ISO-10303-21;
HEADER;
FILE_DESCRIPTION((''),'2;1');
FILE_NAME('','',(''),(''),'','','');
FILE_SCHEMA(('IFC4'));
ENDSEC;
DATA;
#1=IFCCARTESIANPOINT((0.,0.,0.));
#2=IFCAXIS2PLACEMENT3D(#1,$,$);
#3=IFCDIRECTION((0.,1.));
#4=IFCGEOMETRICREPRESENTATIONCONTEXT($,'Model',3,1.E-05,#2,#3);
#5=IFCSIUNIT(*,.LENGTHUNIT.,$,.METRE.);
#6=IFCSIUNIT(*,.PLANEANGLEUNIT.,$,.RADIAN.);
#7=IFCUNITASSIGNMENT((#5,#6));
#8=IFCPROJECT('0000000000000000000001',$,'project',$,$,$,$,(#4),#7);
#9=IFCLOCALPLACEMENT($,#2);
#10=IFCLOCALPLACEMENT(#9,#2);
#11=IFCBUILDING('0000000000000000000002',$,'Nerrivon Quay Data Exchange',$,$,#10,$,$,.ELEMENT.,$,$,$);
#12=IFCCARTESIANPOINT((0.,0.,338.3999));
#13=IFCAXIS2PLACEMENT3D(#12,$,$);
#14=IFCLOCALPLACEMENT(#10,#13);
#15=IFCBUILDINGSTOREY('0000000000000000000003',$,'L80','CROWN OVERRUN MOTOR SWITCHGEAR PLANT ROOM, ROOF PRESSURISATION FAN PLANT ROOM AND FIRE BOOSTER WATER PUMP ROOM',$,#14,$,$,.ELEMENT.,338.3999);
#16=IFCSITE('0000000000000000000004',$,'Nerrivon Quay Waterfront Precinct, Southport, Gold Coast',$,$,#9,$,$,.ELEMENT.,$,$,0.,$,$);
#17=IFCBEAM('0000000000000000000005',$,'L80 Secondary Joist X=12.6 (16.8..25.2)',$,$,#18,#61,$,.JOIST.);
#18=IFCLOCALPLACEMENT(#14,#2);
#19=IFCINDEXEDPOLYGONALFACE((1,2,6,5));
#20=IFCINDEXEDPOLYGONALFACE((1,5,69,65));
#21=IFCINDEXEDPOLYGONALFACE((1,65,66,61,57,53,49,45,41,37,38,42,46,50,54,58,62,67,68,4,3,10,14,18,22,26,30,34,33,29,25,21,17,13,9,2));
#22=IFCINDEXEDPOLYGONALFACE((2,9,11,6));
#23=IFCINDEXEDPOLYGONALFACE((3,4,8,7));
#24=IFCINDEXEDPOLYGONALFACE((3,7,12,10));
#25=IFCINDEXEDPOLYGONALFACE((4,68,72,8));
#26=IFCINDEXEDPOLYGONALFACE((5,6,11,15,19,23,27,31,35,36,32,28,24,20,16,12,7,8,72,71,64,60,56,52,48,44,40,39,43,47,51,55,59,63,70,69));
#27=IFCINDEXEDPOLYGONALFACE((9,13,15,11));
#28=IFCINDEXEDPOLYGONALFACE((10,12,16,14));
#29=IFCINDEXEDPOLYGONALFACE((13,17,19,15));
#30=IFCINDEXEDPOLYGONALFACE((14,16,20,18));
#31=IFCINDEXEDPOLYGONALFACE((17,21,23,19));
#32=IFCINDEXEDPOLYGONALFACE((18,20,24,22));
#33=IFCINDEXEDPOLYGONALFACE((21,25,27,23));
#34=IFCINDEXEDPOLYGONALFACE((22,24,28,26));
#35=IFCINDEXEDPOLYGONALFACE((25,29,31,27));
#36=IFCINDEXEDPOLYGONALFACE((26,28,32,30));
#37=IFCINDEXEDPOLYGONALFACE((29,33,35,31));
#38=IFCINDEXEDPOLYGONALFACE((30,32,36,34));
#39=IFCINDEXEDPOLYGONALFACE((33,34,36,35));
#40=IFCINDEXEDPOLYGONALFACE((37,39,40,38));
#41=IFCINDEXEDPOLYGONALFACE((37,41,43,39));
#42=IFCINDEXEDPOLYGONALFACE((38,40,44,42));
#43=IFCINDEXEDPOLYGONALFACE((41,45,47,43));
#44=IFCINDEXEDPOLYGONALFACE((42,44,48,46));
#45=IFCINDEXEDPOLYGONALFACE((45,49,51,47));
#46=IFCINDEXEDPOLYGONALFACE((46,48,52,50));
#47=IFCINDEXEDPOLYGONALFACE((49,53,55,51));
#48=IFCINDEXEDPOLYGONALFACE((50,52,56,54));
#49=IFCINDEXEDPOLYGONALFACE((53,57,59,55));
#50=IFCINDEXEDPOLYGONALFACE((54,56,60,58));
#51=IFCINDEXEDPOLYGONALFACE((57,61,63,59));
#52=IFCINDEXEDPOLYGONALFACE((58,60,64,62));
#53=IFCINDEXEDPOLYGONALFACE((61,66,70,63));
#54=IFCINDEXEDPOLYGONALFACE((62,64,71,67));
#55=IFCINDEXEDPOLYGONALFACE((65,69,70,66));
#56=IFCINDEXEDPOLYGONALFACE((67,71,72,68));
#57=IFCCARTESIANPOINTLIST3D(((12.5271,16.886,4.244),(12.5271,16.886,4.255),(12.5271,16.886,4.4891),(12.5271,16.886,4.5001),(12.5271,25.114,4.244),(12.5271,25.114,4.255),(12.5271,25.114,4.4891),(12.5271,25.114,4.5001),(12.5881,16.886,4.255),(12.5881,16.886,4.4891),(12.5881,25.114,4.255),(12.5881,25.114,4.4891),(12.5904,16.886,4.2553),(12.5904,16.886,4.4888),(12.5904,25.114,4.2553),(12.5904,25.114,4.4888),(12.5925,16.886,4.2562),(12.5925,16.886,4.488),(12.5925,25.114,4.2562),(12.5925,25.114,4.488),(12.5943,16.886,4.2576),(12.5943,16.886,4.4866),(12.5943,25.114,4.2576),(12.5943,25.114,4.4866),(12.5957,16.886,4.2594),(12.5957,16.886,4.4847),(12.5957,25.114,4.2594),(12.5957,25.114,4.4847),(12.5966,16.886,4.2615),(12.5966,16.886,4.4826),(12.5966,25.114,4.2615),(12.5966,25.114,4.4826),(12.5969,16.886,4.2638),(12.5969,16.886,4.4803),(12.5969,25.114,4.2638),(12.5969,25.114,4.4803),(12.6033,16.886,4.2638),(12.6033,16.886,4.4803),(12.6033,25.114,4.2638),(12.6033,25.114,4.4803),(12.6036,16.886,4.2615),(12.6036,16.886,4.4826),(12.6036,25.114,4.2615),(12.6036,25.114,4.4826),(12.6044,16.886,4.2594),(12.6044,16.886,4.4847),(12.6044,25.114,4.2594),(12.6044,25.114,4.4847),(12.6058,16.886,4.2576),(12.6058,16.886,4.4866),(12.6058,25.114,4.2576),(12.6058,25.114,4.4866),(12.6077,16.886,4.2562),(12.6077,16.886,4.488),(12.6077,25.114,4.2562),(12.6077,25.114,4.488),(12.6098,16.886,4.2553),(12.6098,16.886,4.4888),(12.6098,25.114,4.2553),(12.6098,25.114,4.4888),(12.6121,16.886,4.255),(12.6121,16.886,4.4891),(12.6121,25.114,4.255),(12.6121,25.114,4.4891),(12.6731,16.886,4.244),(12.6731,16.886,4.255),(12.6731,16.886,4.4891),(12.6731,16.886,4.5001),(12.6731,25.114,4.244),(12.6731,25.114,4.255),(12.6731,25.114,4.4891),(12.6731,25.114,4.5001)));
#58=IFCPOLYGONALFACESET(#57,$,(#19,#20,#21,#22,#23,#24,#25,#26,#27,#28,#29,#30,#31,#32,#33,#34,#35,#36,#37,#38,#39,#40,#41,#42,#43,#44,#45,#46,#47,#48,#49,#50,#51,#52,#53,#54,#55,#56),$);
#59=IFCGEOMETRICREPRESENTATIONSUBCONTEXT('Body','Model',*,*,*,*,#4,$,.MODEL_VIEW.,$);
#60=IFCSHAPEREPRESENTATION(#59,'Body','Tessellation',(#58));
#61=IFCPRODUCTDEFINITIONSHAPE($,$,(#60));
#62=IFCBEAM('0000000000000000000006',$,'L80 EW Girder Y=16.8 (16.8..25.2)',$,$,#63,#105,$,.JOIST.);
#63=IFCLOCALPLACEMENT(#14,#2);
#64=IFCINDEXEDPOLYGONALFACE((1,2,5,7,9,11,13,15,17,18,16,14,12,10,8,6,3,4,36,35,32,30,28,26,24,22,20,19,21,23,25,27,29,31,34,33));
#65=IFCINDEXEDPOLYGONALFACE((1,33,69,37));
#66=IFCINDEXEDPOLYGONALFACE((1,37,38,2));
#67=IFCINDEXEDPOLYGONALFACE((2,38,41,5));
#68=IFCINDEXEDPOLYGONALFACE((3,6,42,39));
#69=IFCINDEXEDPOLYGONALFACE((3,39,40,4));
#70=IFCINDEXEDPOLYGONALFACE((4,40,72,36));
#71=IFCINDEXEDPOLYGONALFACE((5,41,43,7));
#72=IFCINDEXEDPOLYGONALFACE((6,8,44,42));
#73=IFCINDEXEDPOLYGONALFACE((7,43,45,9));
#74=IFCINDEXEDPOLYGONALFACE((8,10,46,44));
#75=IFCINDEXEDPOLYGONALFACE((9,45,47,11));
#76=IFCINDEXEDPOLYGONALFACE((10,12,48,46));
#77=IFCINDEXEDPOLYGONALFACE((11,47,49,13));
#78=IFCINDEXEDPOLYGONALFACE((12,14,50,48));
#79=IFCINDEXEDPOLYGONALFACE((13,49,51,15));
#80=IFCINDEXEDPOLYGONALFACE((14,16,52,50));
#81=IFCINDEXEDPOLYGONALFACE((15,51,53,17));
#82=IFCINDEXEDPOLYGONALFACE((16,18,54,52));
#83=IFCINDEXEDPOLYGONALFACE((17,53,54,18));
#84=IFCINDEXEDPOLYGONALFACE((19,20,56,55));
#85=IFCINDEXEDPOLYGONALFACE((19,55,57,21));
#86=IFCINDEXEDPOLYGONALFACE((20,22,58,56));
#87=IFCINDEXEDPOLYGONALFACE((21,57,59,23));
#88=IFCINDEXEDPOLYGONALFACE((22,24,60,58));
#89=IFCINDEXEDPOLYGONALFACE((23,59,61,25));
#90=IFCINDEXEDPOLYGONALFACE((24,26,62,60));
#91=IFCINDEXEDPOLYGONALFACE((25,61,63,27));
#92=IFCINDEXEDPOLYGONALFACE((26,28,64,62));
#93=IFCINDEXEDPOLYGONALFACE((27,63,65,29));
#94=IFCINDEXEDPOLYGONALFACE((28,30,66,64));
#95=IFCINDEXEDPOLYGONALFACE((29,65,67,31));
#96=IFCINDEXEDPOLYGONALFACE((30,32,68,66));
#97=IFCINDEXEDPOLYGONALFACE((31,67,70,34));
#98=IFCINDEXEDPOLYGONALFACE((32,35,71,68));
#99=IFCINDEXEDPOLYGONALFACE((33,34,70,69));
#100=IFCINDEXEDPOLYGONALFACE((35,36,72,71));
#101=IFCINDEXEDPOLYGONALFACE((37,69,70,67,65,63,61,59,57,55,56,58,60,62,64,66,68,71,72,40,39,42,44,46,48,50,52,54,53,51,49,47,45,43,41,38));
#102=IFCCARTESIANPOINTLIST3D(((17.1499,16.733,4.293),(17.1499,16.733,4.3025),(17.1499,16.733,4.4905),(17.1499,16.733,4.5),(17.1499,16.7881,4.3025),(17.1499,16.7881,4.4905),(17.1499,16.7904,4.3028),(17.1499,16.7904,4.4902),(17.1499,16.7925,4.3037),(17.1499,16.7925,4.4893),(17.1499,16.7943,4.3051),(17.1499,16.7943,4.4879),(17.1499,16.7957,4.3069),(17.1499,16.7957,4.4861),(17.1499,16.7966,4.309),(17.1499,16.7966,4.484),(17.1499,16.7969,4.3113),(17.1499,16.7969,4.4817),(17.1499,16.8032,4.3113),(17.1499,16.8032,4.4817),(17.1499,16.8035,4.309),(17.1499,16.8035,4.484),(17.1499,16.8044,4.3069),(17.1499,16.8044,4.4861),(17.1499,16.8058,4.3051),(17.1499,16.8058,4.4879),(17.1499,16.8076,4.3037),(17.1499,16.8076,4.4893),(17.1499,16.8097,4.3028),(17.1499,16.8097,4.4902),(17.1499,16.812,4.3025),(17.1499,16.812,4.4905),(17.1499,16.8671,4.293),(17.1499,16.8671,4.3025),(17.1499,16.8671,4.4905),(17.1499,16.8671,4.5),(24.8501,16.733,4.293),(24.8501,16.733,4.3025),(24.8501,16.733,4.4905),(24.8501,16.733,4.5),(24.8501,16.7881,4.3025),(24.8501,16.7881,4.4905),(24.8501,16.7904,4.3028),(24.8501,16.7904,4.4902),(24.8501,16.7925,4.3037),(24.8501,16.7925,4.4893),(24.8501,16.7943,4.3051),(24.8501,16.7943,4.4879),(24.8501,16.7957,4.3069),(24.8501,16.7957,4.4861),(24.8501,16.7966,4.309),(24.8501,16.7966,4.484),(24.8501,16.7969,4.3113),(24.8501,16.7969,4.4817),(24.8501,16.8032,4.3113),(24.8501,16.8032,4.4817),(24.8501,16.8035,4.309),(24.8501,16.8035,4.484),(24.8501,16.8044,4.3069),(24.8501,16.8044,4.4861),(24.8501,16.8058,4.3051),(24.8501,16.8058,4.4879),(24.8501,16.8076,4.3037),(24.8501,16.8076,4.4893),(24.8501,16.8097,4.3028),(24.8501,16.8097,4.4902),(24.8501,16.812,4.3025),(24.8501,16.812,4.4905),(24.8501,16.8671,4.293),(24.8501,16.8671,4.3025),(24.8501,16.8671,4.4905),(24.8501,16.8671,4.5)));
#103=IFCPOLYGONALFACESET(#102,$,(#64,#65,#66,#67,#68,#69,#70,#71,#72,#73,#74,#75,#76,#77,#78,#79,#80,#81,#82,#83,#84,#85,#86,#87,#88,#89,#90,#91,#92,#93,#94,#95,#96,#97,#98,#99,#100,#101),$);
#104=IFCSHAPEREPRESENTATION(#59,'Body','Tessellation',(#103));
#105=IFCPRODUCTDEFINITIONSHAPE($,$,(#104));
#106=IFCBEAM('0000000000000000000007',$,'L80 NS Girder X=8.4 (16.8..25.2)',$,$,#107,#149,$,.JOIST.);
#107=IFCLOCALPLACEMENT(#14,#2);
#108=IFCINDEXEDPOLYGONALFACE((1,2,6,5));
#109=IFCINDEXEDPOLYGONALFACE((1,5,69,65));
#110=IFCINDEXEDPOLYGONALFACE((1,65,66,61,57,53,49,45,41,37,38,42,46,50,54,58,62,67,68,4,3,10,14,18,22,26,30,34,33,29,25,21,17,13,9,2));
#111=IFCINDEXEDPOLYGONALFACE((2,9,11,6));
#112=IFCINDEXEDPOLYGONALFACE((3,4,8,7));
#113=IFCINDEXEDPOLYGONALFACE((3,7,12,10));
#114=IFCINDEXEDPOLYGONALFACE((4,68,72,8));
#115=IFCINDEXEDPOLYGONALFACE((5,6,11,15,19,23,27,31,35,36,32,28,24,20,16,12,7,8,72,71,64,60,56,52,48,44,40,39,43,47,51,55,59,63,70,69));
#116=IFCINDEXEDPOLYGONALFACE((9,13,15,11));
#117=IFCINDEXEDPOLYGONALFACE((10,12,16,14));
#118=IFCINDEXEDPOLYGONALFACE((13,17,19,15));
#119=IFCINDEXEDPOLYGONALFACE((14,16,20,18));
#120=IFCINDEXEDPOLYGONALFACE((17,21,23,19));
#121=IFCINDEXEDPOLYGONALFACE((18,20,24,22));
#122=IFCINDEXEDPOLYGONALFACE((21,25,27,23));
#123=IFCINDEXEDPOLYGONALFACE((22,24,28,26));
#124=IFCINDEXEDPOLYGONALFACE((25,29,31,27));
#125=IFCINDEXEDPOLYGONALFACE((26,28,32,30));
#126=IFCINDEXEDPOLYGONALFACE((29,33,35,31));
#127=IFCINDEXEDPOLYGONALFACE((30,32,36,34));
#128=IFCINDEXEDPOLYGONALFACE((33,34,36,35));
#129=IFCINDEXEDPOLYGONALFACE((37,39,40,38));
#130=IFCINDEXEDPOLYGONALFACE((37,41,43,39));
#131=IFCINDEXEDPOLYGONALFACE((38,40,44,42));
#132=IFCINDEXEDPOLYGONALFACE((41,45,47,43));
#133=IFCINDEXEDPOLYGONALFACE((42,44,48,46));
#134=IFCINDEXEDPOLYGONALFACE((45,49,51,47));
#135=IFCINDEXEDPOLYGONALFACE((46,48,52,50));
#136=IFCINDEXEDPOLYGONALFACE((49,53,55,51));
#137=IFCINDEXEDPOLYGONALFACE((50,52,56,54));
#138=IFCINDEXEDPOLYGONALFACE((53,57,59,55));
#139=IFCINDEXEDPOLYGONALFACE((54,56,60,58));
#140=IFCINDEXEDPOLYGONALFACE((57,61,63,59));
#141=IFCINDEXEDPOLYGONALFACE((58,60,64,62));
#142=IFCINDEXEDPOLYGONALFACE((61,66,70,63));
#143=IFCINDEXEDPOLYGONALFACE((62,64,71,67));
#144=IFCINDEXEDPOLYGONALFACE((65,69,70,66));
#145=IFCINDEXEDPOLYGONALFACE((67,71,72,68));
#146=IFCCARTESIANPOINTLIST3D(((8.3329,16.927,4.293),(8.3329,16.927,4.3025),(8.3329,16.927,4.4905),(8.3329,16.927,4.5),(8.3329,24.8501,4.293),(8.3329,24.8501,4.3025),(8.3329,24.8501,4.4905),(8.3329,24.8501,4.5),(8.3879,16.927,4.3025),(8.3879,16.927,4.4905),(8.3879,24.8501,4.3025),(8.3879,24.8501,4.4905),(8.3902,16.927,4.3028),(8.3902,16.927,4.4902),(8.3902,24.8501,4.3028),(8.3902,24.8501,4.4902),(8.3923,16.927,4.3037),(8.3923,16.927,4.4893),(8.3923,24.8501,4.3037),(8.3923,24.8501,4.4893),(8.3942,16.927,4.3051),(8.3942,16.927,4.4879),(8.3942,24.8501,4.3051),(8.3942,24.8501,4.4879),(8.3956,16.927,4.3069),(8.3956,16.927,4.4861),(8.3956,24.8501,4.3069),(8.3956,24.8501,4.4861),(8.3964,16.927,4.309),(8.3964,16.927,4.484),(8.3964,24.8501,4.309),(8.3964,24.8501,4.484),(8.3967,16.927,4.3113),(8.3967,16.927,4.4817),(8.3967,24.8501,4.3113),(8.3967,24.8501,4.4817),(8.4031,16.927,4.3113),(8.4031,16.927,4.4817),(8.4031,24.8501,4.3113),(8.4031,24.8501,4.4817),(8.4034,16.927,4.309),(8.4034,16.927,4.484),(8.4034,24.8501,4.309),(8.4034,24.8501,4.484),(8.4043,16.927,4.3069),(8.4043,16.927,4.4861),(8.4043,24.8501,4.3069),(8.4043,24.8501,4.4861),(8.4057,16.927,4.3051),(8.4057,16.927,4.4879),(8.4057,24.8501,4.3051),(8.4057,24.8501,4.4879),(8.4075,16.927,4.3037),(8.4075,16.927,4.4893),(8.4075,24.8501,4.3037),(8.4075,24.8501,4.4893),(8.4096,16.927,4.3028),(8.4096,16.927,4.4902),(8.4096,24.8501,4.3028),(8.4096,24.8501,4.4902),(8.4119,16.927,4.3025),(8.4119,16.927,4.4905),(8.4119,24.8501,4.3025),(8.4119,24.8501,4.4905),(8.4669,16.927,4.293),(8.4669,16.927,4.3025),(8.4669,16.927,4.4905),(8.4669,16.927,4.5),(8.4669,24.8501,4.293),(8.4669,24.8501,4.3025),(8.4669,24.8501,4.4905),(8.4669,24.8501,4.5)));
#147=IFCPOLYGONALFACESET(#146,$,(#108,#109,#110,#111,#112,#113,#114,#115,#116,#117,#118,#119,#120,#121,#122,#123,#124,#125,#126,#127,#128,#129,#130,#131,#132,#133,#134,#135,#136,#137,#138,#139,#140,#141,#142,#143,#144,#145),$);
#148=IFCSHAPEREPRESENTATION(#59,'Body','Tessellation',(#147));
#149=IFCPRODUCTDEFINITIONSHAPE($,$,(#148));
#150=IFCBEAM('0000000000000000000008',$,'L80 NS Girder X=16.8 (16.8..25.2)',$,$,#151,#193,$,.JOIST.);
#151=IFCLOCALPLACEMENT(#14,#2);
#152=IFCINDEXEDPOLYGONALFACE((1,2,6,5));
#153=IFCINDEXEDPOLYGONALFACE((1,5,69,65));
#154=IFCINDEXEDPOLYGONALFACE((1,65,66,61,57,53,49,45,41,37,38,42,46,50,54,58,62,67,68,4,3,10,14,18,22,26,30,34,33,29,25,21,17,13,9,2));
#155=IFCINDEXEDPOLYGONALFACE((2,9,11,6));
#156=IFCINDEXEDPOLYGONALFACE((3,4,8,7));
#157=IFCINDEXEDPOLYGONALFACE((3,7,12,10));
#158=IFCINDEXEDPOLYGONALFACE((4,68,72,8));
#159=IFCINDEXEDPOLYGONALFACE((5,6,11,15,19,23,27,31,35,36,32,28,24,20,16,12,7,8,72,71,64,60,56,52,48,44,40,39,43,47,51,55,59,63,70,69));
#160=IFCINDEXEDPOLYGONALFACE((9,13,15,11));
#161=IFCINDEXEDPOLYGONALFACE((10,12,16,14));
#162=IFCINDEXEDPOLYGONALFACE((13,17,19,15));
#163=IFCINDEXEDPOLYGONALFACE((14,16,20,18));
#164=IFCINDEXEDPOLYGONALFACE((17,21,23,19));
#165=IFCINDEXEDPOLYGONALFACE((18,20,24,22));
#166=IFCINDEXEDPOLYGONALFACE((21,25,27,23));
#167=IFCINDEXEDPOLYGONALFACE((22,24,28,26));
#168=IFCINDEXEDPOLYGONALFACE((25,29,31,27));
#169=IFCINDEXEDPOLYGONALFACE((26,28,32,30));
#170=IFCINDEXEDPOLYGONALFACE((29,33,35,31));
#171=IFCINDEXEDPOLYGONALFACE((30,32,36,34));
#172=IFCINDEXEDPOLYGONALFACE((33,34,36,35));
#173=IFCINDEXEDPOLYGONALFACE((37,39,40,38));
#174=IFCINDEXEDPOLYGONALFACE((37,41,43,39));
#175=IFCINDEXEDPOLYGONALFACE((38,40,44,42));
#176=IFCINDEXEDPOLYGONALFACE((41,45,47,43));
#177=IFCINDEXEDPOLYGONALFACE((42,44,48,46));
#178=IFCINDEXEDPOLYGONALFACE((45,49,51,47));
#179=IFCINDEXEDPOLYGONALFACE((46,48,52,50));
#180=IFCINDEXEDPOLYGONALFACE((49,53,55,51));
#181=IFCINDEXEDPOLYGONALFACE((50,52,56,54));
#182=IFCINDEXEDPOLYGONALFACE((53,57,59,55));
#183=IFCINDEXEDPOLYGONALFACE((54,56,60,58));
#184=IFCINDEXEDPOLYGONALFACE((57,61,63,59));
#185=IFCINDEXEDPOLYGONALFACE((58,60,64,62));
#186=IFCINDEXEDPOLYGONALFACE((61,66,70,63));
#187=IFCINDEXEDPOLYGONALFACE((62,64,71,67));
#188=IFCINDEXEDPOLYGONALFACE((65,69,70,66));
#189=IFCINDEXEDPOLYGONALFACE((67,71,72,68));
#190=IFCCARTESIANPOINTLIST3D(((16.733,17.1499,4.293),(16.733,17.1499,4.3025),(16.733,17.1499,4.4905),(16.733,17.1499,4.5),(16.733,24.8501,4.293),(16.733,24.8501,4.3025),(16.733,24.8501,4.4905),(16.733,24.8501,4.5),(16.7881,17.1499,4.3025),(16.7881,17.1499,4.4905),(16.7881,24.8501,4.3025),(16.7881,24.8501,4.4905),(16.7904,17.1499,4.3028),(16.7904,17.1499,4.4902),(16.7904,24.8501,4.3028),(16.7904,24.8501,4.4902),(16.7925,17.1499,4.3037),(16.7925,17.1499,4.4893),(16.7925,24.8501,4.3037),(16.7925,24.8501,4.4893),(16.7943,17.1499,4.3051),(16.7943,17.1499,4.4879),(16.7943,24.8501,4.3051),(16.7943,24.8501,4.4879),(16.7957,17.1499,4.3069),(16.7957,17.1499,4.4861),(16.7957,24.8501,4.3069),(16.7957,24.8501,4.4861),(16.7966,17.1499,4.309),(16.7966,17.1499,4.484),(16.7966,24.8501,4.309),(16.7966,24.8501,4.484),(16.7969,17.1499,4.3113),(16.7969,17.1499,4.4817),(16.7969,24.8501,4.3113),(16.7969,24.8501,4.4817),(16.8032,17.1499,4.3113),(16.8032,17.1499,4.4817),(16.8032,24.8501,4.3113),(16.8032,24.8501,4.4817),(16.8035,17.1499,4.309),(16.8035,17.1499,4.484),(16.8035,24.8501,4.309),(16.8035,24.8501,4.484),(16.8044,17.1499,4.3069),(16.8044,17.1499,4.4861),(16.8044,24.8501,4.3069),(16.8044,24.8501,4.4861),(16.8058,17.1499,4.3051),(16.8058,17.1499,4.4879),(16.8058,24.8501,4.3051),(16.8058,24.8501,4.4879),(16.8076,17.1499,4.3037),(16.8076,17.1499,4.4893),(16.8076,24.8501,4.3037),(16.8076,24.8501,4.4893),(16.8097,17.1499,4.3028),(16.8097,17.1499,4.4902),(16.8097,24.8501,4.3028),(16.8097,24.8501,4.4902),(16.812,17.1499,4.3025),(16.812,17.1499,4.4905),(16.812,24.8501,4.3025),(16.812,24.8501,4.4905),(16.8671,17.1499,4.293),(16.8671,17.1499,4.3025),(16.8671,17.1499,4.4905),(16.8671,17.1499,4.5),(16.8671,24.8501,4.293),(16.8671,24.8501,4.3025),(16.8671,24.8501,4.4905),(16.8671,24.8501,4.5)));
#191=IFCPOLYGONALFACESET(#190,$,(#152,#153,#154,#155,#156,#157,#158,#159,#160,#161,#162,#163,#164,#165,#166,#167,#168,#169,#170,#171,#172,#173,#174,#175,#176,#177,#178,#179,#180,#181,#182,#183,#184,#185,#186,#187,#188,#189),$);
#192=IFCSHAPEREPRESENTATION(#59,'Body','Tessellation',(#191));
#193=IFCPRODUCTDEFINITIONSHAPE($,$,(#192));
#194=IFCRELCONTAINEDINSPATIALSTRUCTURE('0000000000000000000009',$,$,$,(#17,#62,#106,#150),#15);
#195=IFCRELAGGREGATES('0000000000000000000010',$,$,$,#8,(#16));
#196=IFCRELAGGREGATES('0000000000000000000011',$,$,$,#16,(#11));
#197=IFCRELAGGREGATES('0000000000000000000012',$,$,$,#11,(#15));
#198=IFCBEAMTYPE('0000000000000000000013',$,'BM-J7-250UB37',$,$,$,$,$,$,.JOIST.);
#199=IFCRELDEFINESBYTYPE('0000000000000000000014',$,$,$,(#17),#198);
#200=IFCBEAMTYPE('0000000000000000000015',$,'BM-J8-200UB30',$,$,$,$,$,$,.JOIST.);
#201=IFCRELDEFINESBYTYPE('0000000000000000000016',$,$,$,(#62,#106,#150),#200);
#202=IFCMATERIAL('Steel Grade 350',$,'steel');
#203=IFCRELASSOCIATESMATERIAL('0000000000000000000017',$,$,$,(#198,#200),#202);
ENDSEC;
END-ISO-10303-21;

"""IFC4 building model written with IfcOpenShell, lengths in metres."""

from ifc_helpers import new_model, si_unit, direction, frame, origin, origin_2d, place, context, subcontext, project, spatial, i_section, extrude, material, material_profile, profile_set, type_object, element, save


model = new_model("IFC4")

# Units and contexts
model_context = context("Model", 3, precision=1e-05, world=origin(), true_north=direction((0.0, 1.0)))
body_context = subcontext(model_context, "Body", "Model", "MODEL_VIEW")
ifc_project = project(units=[si_unit("LENGTHUNIT", "METRE"), si_unit("PLANEANGLEUNIT", "RADIAN")], contexts=[model_context])

# Site, building, storey
site_placement = place(None, origin())
site = spatial("IfcSite", under=ifc_project, at=site_placement, Name="Nerrivon Quay Waterfront Precinct, Southport, Gold Coast", CompositionType="ELEMENT", RefElevation=0.0)
building_placement = place(site_placement, origin())
building = spatial("IfcBuilding", under=site, at=building_placement, Name="Nerrivon Quay Data Exchange", CompositionType="ELEMENT")
storey_placement = place(building_placement, frame((0.0, 0.0, 338.3999)))
storey = spatial("IfcBuildingStorey", under=building, at=storey_placement, Name="L80", Description="CROWN OVERRUN MOTOR SWITCHGEAR PLANT ROOM, ROOF PRESSURISATION FAN PLANT ROOM AND FIRE BOOSTER WATER PUMP ROOM", CompositionType="ELEMENT", Elevation=338.3999)

# Shared definitions
ifc_material_1 = material(Name="Steel Grade 350", Category="steel")

# Beams
ifc_material_profile_1 = material_profile(ifc_material_1, i_section(OverallWidth=0.146, OverallDepth=0.2561, WebThickness=0.0063, FlangeThickness=0.011, FilletRadius=0.0088, at=origin_2d()), Name="250UB37.3")
ifc_profile_set_1 = profile_set([ifc_material_profile_1], Name="Steel Grade 350")
beam_type_1 = type_object("IfcBeamType", Name="BM-J7-250UB37", PredefinedType="JOIST", material=ifc_profile_set_1)
beam_1_placement = place(storey_placement, frame((12.6001, 16.886, 4.3721), z_axis=(0.0, 1.0, 0.0), x_axis=(-1.0, 0.0, 0.0)))
element("IfcBeam", 1, at=beam_1_placement, inside=storey, type_object=beam_type_1, Name="L80 Secondary Joist X=12.6 (16.8..25.2)", PredefinedType="JOIST", context=body_context, shape_type="SweptSolid", body=[
    extrude(i_section(OverallWidth=0.146, OverallDepth=0.2561, WebThickness=0.0063, FlangeThickness=0.011, FilletRadius=0.0088, at=origin_2d()), origin(), (0.0, 0.0, 1.0), 8.228),
])
ifc_material_profile_2 = material_profile(ifc_material_1, i_section(OverallWidth=0.134, OverallDepth=0.207, WebThickness=0.0063, FlangeThickness=0.0095, FilletRadius=0.0088, at=origin_2d()), Name="200UB29.8")
ifc_profile_set_2 = profile_set([ifc_material_profile_2], Name="Steel Grade 350")
beam_type_2 = type_object("IfcBeamType", Name="BM-J8-200UB30", PredefinedType="JOIST", material=ifc_profile_set_2)
beam_2_placement = place(storey_placement, frame((17.1499, 16.8, 4.3965), z_axis=(1.0, 0.0, 0.0), x_axis=(0.0, 1.0, 0.0)))
element("IfcBeam", 2, at=beam_2_placement, inside=storey, type_object=beam_type_2, Name="L80 EW Girder Y=16.8 (16.8..25.2)", PredefinedType="JOIST", context=body_context, shape_type="SweptSolid", body=[
    extrude(i_section(OverallWidth=0.134, OverallDepth=0.207, WebThickness=0.0063, FlangeThickness=0.0095, FilletRadius=0.0088, at=origin_2d()), origin(), (0.0, 0.0, 1.0), 7.7002),
])
beam_3_placement = place(storey_placement, frame((8.3999, 16.927, 4.3965), z_axis=(0.0, 1.0, 0.0), x_axis=(-1.0, 0.0, 0.0)))
element("IfcBeam", 3, at=beam_3_placement, inside=storey, type_object=beam_type_2, Name="L80 NS Girder X=8.4 (16.8..25.2)", PredefinedType="JOIST", context=body_context, shape_type="SweptSolid", body=[
    extrude(i_section(OverallWidth=0.134, OverallDepth=0.207, WebThickness=0.0063, FlangeThickness=0.0095, FilletRadius=0.0088, at=origin_2d()), origin(), (0.0, 0.0, 1.0), 7.9231),
])
beam_4_placement = place(storey_placement, frame((16.8, 17.1499, 4.3965), z_axis=(0.0, 1.0, 0.0), x_axis=(-1.0, 0.0, 0.0)))
element("IfcBeam", 4, at=beam_4_placement, inside=storey, type_object=beam_type_2, Name="L80 NS Girder X=16.8 (16.8..25.2)", PredefinedType="JOIST", context=body_context, shape_type="SweptSolid", body=[
    extrude(i_section(OverallWidth=0.134, OverallDepth=0.207, WebThickness=0.0063, FlangeThickness=0.0095, FilletRadius=0.0088, at=origin_2d()), origin(), (0.0, 0.0, 1.0), 7.7002),
])

save(model, "model.ifc")
